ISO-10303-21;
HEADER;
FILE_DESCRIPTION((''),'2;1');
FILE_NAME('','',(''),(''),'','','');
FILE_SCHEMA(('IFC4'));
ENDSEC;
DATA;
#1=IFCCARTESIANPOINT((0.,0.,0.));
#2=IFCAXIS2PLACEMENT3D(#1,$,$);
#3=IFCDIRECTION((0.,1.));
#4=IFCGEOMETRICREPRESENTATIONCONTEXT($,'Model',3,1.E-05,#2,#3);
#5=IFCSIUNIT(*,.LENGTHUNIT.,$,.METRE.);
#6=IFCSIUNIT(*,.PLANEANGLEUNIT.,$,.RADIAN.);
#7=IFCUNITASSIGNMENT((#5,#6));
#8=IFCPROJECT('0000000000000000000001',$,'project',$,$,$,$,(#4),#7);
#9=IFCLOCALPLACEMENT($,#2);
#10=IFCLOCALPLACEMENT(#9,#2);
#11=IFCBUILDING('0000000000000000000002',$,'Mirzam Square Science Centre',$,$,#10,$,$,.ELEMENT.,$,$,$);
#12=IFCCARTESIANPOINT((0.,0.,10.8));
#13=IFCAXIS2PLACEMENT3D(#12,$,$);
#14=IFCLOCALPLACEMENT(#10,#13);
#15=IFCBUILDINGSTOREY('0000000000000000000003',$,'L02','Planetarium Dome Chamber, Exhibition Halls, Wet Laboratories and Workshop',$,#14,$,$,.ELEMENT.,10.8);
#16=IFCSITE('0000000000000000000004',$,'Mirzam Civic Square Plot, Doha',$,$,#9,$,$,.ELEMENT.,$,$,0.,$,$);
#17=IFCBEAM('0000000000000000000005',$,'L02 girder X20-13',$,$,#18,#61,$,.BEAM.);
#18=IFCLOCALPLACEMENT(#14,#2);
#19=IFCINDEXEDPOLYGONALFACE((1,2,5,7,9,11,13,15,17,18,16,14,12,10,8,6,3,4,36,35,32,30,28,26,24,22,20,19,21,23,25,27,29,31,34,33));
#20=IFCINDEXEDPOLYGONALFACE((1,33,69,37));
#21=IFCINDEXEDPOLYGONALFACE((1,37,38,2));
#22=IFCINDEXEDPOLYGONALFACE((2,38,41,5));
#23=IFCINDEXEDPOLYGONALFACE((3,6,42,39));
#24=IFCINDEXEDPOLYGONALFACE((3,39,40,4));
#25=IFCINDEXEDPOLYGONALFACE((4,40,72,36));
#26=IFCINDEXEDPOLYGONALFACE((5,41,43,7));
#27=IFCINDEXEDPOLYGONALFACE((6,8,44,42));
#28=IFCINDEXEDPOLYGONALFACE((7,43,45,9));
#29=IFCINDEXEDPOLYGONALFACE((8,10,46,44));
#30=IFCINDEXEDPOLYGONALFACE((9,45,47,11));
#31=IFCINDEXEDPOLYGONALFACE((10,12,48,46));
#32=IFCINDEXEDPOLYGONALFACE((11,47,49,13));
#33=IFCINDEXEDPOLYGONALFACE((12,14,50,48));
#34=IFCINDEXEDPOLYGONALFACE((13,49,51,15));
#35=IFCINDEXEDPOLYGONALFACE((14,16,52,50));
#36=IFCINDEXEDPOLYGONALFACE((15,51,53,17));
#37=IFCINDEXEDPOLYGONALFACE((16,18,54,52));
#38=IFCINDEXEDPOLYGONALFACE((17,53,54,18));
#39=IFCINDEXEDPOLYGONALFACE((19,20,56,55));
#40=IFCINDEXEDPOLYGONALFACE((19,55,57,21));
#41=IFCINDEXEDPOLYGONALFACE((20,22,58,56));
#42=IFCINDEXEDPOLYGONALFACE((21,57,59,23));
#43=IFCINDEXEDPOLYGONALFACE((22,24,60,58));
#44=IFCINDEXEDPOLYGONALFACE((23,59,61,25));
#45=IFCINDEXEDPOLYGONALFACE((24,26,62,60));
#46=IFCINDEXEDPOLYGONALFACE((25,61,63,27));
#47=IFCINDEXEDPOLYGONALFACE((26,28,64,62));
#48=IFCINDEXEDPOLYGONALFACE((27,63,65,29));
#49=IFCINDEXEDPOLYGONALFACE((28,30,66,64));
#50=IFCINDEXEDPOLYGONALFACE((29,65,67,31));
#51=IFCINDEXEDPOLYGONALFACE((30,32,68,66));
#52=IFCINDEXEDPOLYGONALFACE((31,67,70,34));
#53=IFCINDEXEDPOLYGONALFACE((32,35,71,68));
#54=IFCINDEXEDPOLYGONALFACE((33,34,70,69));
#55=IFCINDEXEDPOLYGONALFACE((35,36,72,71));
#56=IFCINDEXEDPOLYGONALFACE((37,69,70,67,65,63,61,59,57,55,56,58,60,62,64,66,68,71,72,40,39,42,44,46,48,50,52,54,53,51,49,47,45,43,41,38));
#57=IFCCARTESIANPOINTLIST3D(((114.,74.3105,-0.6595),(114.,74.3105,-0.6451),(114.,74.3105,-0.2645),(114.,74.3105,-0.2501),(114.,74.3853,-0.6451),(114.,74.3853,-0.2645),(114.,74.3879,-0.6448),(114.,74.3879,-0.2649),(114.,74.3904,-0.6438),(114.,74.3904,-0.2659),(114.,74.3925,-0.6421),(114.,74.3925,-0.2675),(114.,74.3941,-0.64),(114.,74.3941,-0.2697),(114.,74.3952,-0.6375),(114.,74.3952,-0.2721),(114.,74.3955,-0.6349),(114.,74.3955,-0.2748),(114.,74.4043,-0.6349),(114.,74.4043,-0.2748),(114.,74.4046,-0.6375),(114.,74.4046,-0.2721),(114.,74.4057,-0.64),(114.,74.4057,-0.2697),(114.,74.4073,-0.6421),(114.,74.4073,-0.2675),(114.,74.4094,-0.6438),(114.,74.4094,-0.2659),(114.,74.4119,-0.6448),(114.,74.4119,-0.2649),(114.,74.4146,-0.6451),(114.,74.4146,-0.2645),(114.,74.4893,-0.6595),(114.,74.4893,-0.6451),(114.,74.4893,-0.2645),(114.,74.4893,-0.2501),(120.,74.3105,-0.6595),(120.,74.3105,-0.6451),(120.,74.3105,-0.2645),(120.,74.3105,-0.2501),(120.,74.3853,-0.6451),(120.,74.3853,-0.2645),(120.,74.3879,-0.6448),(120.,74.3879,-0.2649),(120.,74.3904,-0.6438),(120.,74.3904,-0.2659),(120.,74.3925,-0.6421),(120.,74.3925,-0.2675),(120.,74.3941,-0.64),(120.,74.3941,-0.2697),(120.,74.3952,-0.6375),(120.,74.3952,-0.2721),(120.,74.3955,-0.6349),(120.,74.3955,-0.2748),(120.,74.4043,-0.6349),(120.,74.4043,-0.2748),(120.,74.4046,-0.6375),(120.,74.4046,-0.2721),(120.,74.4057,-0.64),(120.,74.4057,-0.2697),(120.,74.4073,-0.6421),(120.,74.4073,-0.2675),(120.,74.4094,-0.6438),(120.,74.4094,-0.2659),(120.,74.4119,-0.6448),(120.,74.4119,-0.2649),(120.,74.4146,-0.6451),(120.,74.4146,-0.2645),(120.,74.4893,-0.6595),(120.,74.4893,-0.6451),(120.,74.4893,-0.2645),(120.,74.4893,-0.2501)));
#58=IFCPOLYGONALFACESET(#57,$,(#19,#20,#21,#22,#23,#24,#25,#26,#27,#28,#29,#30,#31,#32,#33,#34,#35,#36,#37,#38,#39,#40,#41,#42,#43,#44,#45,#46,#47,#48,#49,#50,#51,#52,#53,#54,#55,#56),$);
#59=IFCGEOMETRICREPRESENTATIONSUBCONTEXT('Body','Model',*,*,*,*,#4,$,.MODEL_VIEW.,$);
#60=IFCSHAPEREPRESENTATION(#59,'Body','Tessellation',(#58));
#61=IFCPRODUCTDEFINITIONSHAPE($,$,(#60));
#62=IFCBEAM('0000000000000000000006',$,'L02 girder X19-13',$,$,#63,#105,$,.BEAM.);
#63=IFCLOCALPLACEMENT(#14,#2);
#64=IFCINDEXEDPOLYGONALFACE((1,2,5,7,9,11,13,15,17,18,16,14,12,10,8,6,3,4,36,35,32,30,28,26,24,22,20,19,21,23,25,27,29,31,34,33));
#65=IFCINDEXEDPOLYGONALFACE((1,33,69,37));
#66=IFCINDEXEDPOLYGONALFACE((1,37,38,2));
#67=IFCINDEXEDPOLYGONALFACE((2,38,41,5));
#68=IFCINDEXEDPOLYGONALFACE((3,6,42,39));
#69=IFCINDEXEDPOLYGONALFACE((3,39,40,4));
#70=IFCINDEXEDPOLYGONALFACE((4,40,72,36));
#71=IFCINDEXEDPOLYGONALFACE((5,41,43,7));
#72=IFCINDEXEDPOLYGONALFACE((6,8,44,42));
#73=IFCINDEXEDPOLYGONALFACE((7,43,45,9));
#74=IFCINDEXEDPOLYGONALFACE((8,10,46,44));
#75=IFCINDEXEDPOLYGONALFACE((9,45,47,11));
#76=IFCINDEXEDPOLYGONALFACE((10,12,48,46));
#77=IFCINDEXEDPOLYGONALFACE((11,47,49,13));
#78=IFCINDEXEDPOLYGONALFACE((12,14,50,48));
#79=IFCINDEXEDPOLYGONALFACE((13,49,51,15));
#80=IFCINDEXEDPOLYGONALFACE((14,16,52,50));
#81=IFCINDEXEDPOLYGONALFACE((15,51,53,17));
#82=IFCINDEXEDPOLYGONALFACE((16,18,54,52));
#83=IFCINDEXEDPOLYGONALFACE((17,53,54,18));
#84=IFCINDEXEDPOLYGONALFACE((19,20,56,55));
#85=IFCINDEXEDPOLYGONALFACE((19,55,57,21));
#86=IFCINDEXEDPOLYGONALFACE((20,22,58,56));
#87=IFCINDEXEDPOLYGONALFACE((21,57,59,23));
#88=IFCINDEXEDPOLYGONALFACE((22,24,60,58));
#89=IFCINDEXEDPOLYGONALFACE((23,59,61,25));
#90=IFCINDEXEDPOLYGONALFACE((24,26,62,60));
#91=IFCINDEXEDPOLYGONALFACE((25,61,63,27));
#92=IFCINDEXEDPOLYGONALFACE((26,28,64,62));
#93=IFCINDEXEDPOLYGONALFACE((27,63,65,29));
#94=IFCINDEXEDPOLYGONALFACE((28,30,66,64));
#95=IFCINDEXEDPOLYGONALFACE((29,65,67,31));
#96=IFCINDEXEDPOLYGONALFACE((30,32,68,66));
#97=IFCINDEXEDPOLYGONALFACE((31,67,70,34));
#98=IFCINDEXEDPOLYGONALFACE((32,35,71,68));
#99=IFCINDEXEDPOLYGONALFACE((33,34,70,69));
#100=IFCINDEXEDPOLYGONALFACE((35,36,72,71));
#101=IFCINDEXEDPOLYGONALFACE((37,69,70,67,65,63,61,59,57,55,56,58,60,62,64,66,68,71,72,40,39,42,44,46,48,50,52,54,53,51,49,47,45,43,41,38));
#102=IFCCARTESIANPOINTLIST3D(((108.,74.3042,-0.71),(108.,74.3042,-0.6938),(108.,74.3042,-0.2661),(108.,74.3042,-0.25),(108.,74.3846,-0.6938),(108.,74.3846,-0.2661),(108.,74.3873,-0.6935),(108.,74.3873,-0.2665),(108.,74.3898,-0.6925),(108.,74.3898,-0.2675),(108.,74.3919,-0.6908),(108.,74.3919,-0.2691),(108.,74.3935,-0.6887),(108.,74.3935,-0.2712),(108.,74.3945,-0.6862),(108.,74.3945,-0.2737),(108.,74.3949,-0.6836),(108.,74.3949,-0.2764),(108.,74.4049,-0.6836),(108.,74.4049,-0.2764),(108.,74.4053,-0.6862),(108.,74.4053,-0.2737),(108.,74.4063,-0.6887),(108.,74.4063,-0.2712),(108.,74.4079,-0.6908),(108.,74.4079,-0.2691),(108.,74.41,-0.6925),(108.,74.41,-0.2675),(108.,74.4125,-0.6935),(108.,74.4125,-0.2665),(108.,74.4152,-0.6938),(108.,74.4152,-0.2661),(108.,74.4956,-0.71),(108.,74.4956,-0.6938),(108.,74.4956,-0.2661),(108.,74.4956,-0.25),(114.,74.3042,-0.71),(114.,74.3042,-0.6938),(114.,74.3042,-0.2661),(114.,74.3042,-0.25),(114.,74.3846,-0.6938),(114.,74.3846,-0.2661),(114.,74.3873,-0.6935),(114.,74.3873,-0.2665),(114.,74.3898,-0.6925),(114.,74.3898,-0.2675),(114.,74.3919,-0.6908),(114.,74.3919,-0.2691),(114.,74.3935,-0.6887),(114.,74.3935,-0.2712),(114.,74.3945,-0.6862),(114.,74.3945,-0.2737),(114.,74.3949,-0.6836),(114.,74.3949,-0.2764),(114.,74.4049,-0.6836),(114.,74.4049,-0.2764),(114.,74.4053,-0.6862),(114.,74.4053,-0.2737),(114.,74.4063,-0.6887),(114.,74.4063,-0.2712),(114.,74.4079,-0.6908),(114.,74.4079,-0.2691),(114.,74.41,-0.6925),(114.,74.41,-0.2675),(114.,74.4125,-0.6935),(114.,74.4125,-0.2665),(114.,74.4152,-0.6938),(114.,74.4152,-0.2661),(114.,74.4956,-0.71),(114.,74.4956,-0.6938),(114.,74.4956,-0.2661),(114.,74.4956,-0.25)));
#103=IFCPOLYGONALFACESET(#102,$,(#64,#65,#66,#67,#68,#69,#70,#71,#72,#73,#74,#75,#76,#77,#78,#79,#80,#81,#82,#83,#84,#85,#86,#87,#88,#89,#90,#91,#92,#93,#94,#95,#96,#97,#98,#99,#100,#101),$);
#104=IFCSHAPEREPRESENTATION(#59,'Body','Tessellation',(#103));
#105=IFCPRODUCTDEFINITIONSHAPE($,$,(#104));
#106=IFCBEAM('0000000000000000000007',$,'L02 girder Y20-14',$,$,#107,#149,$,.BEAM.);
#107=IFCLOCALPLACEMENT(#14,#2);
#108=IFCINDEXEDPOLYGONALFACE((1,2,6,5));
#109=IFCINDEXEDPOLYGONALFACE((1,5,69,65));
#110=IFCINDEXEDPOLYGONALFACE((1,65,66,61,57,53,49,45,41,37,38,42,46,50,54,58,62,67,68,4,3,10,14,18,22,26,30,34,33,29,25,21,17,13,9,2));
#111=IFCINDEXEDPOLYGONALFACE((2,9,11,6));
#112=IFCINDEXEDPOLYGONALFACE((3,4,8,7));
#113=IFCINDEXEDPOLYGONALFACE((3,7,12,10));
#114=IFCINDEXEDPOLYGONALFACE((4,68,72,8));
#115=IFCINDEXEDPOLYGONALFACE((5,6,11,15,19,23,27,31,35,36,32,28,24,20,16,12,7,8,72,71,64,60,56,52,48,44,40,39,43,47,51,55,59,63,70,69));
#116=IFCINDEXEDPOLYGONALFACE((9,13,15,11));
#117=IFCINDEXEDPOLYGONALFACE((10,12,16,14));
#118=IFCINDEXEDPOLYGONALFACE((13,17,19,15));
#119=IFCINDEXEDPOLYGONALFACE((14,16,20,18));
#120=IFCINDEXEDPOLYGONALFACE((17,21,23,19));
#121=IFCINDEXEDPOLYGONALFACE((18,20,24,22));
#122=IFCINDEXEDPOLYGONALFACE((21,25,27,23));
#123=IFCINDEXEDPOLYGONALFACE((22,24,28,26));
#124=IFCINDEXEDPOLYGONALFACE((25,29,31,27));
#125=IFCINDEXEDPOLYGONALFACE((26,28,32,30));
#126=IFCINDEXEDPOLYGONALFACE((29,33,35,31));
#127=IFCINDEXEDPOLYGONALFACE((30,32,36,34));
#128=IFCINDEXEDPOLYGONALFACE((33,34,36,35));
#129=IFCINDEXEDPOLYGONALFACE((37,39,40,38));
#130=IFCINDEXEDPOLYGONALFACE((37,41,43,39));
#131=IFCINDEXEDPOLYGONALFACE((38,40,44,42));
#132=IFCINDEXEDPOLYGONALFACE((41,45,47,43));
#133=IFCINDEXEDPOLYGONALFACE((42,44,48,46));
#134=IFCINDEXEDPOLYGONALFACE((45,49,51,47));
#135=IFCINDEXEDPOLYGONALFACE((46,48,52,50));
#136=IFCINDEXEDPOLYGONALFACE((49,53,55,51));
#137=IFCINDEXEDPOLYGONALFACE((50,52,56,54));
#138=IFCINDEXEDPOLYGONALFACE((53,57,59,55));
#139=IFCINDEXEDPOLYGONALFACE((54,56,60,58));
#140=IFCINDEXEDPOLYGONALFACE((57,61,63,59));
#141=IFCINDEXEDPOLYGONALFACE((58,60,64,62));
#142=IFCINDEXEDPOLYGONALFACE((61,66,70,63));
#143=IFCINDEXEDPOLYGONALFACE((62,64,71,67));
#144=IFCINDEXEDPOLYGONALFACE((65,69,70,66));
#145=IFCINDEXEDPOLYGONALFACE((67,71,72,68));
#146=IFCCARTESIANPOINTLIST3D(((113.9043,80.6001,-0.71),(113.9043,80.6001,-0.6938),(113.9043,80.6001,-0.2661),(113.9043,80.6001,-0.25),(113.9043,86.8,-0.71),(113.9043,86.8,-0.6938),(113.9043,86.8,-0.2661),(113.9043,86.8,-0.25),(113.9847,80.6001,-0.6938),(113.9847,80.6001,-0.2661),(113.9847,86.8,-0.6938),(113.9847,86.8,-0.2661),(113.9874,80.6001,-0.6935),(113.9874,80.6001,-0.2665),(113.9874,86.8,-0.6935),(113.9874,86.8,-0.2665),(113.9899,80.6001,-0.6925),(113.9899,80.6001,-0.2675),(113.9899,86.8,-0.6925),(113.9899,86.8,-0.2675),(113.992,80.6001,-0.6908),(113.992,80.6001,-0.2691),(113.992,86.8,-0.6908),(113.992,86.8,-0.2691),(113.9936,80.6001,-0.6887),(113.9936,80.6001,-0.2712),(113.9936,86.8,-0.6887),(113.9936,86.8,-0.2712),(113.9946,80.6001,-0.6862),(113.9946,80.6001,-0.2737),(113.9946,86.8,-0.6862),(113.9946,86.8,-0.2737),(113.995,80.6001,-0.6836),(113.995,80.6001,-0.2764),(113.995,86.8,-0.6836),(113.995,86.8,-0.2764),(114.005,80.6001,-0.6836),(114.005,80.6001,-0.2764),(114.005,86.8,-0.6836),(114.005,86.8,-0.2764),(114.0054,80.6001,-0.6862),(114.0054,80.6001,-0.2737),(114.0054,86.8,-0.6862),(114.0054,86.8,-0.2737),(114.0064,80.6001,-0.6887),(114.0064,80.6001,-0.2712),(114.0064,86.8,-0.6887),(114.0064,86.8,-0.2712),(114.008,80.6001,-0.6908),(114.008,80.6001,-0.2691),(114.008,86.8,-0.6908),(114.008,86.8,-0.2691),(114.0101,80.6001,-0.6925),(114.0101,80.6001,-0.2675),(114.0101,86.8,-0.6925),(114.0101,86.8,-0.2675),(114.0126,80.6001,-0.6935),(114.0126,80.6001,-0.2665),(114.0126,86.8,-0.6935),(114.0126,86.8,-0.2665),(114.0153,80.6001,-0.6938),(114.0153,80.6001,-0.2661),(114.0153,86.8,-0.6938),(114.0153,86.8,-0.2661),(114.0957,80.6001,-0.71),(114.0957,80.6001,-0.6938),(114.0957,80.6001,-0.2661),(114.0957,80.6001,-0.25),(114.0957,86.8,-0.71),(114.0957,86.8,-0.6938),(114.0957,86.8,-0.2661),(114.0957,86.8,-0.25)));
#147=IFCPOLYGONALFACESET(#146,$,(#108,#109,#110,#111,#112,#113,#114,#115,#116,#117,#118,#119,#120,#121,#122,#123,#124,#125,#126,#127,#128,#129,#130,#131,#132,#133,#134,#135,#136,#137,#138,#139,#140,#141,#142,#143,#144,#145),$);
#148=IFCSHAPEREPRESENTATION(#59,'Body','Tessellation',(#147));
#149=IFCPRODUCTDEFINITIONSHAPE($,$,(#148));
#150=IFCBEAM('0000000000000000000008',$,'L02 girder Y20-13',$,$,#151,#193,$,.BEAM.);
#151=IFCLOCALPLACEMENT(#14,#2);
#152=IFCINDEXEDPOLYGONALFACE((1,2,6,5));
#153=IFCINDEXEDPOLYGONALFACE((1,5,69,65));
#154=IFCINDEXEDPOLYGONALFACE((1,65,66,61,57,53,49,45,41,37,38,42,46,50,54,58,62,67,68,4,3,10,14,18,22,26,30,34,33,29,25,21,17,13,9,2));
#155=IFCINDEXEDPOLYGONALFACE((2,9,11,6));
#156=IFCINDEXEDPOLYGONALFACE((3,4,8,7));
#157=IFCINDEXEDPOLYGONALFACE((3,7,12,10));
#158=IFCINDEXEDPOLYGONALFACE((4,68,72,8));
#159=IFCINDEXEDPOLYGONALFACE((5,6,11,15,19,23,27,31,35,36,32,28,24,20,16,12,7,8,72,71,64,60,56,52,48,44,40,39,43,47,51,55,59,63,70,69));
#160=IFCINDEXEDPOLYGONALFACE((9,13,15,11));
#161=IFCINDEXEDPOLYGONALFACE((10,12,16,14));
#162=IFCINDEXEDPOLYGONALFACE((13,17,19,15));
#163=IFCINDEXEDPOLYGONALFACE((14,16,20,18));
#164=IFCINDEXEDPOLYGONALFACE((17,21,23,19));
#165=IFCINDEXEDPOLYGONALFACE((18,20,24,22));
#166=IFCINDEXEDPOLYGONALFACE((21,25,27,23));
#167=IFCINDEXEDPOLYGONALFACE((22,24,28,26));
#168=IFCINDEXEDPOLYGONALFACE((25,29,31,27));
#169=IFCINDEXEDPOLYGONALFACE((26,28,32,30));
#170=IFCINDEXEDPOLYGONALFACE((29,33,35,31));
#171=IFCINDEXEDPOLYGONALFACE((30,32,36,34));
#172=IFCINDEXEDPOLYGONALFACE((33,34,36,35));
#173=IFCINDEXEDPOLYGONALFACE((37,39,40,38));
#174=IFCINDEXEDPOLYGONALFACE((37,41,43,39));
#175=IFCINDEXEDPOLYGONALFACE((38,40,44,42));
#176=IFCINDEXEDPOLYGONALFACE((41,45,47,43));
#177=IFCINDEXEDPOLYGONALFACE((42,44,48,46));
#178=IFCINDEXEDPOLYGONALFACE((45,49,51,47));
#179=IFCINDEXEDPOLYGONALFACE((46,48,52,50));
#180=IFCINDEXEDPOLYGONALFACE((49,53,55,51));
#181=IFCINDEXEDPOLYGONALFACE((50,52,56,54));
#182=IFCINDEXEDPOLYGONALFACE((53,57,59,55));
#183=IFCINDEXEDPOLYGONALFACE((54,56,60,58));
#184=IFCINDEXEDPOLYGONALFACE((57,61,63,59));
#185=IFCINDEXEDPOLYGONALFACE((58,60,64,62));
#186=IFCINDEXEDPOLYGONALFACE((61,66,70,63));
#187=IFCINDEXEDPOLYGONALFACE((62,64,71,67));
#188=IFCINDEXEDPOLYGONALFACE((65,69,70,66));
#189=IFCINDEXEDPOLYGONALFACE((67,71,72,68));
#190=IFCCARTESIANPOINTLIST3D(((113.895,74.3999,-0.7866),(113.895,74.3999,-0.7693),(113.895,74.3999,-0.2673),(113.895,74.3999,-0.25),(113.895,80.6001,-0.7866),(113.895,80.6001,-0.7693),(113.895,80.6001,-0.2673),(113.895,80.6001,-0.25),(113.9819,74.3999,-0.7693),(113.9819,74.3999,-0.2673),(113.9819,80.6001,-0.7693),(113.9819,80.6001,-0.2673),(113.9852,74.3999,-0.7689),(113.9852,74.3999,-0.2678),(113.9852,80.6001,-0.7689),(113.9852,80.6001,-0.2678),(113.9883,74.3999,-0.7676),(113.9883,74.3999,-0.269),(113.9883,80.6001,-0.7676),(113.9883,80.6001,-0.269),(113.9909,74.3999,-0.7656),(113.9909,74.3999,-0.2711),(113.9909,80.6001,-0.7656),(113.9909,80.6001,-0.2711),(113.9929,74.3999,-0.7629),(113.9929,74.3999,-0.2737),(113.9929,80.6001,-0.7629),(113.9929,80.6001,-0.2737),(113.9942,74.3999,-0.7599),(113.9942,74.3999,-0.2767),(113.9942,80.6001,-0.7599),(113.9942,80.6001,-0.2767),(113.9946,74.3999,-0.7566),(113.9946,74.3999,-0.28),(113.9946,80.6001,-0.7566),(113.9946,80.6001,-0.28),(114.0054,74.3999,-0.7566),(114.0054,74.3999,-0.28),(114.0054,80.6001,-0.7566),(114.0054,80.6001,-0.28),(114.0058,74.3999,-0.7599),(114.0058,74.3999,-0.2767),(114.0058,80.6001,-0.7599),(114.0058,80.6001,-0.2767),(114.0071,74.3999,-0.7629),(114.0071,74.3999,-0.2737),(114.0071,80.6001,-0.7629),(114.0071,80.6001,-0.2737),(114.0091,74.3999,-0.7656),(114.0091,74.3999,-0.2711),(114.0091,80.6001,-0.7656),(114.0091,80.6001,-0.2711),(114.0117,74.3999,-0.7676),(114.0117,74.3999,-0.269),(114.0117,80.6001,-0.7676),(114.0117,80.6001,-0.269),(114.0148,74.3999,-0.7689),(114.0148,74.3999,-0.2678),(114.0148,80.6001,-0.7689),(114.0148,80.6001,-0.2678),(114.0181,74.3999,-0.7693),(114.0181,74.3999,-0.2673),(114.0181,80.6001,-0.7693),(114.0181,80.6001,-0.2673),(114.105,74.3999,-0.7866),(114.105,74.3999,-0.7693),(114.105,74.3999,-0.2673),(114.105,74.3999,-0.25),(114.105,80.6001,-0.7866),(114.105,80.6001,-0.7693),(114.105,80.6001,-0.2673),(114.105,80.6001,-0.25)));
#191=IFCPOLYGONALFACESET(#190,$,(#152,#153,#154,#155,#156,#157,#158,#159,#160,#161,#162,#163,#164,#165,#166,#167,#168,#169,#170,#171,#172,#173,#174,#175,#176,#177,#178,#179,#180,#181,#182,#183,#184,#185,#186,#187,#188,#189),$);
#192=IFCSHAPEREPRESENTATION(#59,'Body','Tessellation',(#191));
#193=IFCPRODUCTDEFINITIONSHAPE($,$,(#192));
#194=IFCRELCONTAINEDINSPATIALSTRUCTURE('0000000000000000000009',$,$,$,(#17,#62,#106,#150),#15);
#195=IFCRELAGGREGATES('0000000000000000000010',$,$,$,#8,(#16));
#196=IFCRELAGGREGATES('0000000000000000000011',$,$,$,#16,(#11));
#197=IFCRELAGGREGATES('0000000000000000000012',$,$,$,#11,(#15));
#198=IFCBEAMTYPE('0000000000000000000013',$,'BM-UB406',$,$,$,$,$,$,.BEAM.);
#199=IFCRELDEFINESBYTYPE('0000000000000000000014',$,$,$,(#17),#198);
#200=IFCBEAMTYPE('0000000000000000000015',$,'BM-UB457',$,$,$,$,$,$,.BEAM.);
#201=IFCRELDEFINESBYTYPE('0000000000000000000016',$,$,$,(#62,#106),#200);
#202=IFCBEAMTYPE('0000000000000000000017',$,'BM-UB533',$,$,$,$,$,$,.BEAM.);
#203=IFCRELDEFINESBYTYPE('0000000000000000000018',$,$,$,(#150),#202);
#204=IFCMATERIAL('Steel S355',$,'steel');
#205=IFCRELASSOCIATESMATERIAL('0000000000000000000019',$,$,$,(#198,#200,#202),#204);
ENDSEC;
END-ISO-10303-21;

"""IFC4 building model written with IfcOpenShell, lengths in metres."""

from ifc_helpers import new_model, si_unit, direction, frame, origin, origin_2d, place, context, subcontext, project, spatial, i_section, extrude, material, material_profile, profile_set, type_object, element, save


model = new_model("IFC4")

# Units and contexts
model_context = context("Model", 3, precision=1e-05, world=origin(), true_north=direction((0.0, 1.0)))
body_context = subcontext(model_context, "Body", "Model", "MODEL_VIEW")
ifc_project = project(units=[si_unit("LENGTHUNIT", "METRE"), si_unit("PLANEANGLEUNIT", "RADIAN")], contexts=[model_context])

# Site, building, storey
site_placement = place(None, origin())
site = spatial("IfcSite", under=ifc_project, at=site_placement, Name="Mirzam Civic Square Plot, Doha", CompositionType="ELEMENT", RefElevation=0.0)
building_placement = place(site_placement, origin())
building = spatial("IfcBuilding", under=site, at=building_placement, Name="Mirzam Square Science Centre", CompositionType="ELEMENT")
storey_placement = place(building_placement, frame((0.0, 0.0, 10.8)))
storey = spatial("IfcBuildingStorey", under=building, at=storey_placement, Name="L02", Description="Planetarium Dome Chamber, Exhibition Halls, Wet Laboratories and Workshop", CompositionType="ELEMENT", Elevation=10.8)

# Shared definitions
ifc_material_1 = material(Name="Steel S355", Category="steel")

# Beams
ifc_material_profile_1 = material_profile(ifc_material_1, i_section(OverallWidth=0.1787, OverallDepth=0.4094, WebThickness=0.0088, FlangeThickness=0.0144, FilletRadius=0.0103, at=origin_2d()), Name="406x178x67UB")
ifc_profile_set_1 = profile_set([ifc_material_profile_1], Name="Steel S355")
beam_type_1 = type_object("IfcBeamType", Name="BM-UB406", PredefinedType="BEAM", material=ifc_profile_set_1)
beam_1_placement = place(storey_placement, frame((114.0, 74.3999, -0.4548), z_axis=(1.0, 0.0, 0.0), x_axis=(0.0, 1.0, 0.0)))
element("IfcBeam", 1, at=beam_1_placement, inside=storey, type_object=beam_type_1, Name="L02 girder X20-13", PredefinedType="BEAM", context=body_context, shape_type="SweptSolid", body=[
    extrude(i_section(OverallWidth=0.1787, OverallDepth=0.4094, WebThickness=0.0088, FlangeThickness=0.0144, FilletRadius=0.0103, at=origin_2d()), origin(), (0.0, 0.0, 1.0), 6.0),
])
ifc_material_profile_2 = material_profile(ifc_material_1, i_section(OverallWidth=0.1914, OverallDepth=0.46, WebThickness=0.01, FlangeThickness=0.0161, FilletRadius=0.0103, at=origin_2d()), Name="457x191x82UB")
ifc_profile_set_2 = profile_set([ifc_material_profile_2], Name="Steel S355")
beam_type_2 = type_object("IfcBeamType", Name="BM-UB457", PredefinedType="BEAM", material=ifc_profile_set_2)
beam_2_placement = place(storey_placement, frame((108.0, 74.3999, -0.48), z_axis=(1.0, 0.0, 0.0), x_axis=(0.0, 1.0, 0.0)))
element("IfcBeam", 2, at=beam_2_placement, inside=storey, type_object=beam_type_2, Name="L02 girder X19-13", PredefinedType="BEAM", context=body_context, shape_type="SweptSolid", body=[
    extrude(i_section(OverallWidth=0.1914, OverallDepth=0.46, WebThickness=0.01, FlangeThickness=0.0161, FilletRadius=0.0103, at=origin_2d()), origin(), (0.0, 0.0, 1.0), 6.0),
])
beam_3_placement = place(storey_placement, frame((114.0, 80.6001, -0.48), z_axis=(0.0, 1.0, 0.0), x_axis=(-1.0, 0.0, 0.0)))
element("IfcBeam", 3, at=beam_3_placement, inside=storey, type_object=beam_type_2, Name="L02 girder Y20-14", PredefinedType="BEAM", context=body_context, shape_type="SweptSolid", body=[
    extrude(i_section(OverallWidth=0.1914, OverallDepth=0.46, WebThickness=0.01, FlangeThickness=0.0161, FilletRadius=0.0103, at=origin_2d()), origin(), (0.0, 0.0, 1.0), 6.2),
])
ifc_material_profile_3 = material_profile(ifc_material_1, i_section(OverallWidth=0.21, OverallDepth=0.5366, WebThickness=0.0107, FlangeThickness=0.0173, FilletRadius=0.0127, at=origin_2d()), Name="533x210x101UB")
ifc_profile_set_3 = profile_set([ifc_material_profile_3], Name="Steel S355")
beam_type_3 = type_object("IfcBeamType", Name="BM-UB533", PredefinedType="BEAM", material=ifc_profile_set_3)
beam_4_placement = place(storey_placement, frame((114.0, 74.3999, -0.5183), z_axis=(0.0, 1.0, 0.0), x_axis=(-1.0, 0.0, 0.0)))
element("IfcBeam", 4, at=beam_4_placement, inside=storey, type_object=beam_type_3, Name="L02 girder Y20-13", PredefinedType="BEAM", context=body_context, shape_type="SweptSolid", body=[
    extrude(i_section(OverallWidth=0.21, OverallDepth=0.5366, WebThickness=0.0107, FlangeThickness=0.0173, FilletRadius=0.0127, at=origin_2d()), origin(), (0.0, 0.0, 1.0), 6.2002),
])

save(model, "model.ifc")
